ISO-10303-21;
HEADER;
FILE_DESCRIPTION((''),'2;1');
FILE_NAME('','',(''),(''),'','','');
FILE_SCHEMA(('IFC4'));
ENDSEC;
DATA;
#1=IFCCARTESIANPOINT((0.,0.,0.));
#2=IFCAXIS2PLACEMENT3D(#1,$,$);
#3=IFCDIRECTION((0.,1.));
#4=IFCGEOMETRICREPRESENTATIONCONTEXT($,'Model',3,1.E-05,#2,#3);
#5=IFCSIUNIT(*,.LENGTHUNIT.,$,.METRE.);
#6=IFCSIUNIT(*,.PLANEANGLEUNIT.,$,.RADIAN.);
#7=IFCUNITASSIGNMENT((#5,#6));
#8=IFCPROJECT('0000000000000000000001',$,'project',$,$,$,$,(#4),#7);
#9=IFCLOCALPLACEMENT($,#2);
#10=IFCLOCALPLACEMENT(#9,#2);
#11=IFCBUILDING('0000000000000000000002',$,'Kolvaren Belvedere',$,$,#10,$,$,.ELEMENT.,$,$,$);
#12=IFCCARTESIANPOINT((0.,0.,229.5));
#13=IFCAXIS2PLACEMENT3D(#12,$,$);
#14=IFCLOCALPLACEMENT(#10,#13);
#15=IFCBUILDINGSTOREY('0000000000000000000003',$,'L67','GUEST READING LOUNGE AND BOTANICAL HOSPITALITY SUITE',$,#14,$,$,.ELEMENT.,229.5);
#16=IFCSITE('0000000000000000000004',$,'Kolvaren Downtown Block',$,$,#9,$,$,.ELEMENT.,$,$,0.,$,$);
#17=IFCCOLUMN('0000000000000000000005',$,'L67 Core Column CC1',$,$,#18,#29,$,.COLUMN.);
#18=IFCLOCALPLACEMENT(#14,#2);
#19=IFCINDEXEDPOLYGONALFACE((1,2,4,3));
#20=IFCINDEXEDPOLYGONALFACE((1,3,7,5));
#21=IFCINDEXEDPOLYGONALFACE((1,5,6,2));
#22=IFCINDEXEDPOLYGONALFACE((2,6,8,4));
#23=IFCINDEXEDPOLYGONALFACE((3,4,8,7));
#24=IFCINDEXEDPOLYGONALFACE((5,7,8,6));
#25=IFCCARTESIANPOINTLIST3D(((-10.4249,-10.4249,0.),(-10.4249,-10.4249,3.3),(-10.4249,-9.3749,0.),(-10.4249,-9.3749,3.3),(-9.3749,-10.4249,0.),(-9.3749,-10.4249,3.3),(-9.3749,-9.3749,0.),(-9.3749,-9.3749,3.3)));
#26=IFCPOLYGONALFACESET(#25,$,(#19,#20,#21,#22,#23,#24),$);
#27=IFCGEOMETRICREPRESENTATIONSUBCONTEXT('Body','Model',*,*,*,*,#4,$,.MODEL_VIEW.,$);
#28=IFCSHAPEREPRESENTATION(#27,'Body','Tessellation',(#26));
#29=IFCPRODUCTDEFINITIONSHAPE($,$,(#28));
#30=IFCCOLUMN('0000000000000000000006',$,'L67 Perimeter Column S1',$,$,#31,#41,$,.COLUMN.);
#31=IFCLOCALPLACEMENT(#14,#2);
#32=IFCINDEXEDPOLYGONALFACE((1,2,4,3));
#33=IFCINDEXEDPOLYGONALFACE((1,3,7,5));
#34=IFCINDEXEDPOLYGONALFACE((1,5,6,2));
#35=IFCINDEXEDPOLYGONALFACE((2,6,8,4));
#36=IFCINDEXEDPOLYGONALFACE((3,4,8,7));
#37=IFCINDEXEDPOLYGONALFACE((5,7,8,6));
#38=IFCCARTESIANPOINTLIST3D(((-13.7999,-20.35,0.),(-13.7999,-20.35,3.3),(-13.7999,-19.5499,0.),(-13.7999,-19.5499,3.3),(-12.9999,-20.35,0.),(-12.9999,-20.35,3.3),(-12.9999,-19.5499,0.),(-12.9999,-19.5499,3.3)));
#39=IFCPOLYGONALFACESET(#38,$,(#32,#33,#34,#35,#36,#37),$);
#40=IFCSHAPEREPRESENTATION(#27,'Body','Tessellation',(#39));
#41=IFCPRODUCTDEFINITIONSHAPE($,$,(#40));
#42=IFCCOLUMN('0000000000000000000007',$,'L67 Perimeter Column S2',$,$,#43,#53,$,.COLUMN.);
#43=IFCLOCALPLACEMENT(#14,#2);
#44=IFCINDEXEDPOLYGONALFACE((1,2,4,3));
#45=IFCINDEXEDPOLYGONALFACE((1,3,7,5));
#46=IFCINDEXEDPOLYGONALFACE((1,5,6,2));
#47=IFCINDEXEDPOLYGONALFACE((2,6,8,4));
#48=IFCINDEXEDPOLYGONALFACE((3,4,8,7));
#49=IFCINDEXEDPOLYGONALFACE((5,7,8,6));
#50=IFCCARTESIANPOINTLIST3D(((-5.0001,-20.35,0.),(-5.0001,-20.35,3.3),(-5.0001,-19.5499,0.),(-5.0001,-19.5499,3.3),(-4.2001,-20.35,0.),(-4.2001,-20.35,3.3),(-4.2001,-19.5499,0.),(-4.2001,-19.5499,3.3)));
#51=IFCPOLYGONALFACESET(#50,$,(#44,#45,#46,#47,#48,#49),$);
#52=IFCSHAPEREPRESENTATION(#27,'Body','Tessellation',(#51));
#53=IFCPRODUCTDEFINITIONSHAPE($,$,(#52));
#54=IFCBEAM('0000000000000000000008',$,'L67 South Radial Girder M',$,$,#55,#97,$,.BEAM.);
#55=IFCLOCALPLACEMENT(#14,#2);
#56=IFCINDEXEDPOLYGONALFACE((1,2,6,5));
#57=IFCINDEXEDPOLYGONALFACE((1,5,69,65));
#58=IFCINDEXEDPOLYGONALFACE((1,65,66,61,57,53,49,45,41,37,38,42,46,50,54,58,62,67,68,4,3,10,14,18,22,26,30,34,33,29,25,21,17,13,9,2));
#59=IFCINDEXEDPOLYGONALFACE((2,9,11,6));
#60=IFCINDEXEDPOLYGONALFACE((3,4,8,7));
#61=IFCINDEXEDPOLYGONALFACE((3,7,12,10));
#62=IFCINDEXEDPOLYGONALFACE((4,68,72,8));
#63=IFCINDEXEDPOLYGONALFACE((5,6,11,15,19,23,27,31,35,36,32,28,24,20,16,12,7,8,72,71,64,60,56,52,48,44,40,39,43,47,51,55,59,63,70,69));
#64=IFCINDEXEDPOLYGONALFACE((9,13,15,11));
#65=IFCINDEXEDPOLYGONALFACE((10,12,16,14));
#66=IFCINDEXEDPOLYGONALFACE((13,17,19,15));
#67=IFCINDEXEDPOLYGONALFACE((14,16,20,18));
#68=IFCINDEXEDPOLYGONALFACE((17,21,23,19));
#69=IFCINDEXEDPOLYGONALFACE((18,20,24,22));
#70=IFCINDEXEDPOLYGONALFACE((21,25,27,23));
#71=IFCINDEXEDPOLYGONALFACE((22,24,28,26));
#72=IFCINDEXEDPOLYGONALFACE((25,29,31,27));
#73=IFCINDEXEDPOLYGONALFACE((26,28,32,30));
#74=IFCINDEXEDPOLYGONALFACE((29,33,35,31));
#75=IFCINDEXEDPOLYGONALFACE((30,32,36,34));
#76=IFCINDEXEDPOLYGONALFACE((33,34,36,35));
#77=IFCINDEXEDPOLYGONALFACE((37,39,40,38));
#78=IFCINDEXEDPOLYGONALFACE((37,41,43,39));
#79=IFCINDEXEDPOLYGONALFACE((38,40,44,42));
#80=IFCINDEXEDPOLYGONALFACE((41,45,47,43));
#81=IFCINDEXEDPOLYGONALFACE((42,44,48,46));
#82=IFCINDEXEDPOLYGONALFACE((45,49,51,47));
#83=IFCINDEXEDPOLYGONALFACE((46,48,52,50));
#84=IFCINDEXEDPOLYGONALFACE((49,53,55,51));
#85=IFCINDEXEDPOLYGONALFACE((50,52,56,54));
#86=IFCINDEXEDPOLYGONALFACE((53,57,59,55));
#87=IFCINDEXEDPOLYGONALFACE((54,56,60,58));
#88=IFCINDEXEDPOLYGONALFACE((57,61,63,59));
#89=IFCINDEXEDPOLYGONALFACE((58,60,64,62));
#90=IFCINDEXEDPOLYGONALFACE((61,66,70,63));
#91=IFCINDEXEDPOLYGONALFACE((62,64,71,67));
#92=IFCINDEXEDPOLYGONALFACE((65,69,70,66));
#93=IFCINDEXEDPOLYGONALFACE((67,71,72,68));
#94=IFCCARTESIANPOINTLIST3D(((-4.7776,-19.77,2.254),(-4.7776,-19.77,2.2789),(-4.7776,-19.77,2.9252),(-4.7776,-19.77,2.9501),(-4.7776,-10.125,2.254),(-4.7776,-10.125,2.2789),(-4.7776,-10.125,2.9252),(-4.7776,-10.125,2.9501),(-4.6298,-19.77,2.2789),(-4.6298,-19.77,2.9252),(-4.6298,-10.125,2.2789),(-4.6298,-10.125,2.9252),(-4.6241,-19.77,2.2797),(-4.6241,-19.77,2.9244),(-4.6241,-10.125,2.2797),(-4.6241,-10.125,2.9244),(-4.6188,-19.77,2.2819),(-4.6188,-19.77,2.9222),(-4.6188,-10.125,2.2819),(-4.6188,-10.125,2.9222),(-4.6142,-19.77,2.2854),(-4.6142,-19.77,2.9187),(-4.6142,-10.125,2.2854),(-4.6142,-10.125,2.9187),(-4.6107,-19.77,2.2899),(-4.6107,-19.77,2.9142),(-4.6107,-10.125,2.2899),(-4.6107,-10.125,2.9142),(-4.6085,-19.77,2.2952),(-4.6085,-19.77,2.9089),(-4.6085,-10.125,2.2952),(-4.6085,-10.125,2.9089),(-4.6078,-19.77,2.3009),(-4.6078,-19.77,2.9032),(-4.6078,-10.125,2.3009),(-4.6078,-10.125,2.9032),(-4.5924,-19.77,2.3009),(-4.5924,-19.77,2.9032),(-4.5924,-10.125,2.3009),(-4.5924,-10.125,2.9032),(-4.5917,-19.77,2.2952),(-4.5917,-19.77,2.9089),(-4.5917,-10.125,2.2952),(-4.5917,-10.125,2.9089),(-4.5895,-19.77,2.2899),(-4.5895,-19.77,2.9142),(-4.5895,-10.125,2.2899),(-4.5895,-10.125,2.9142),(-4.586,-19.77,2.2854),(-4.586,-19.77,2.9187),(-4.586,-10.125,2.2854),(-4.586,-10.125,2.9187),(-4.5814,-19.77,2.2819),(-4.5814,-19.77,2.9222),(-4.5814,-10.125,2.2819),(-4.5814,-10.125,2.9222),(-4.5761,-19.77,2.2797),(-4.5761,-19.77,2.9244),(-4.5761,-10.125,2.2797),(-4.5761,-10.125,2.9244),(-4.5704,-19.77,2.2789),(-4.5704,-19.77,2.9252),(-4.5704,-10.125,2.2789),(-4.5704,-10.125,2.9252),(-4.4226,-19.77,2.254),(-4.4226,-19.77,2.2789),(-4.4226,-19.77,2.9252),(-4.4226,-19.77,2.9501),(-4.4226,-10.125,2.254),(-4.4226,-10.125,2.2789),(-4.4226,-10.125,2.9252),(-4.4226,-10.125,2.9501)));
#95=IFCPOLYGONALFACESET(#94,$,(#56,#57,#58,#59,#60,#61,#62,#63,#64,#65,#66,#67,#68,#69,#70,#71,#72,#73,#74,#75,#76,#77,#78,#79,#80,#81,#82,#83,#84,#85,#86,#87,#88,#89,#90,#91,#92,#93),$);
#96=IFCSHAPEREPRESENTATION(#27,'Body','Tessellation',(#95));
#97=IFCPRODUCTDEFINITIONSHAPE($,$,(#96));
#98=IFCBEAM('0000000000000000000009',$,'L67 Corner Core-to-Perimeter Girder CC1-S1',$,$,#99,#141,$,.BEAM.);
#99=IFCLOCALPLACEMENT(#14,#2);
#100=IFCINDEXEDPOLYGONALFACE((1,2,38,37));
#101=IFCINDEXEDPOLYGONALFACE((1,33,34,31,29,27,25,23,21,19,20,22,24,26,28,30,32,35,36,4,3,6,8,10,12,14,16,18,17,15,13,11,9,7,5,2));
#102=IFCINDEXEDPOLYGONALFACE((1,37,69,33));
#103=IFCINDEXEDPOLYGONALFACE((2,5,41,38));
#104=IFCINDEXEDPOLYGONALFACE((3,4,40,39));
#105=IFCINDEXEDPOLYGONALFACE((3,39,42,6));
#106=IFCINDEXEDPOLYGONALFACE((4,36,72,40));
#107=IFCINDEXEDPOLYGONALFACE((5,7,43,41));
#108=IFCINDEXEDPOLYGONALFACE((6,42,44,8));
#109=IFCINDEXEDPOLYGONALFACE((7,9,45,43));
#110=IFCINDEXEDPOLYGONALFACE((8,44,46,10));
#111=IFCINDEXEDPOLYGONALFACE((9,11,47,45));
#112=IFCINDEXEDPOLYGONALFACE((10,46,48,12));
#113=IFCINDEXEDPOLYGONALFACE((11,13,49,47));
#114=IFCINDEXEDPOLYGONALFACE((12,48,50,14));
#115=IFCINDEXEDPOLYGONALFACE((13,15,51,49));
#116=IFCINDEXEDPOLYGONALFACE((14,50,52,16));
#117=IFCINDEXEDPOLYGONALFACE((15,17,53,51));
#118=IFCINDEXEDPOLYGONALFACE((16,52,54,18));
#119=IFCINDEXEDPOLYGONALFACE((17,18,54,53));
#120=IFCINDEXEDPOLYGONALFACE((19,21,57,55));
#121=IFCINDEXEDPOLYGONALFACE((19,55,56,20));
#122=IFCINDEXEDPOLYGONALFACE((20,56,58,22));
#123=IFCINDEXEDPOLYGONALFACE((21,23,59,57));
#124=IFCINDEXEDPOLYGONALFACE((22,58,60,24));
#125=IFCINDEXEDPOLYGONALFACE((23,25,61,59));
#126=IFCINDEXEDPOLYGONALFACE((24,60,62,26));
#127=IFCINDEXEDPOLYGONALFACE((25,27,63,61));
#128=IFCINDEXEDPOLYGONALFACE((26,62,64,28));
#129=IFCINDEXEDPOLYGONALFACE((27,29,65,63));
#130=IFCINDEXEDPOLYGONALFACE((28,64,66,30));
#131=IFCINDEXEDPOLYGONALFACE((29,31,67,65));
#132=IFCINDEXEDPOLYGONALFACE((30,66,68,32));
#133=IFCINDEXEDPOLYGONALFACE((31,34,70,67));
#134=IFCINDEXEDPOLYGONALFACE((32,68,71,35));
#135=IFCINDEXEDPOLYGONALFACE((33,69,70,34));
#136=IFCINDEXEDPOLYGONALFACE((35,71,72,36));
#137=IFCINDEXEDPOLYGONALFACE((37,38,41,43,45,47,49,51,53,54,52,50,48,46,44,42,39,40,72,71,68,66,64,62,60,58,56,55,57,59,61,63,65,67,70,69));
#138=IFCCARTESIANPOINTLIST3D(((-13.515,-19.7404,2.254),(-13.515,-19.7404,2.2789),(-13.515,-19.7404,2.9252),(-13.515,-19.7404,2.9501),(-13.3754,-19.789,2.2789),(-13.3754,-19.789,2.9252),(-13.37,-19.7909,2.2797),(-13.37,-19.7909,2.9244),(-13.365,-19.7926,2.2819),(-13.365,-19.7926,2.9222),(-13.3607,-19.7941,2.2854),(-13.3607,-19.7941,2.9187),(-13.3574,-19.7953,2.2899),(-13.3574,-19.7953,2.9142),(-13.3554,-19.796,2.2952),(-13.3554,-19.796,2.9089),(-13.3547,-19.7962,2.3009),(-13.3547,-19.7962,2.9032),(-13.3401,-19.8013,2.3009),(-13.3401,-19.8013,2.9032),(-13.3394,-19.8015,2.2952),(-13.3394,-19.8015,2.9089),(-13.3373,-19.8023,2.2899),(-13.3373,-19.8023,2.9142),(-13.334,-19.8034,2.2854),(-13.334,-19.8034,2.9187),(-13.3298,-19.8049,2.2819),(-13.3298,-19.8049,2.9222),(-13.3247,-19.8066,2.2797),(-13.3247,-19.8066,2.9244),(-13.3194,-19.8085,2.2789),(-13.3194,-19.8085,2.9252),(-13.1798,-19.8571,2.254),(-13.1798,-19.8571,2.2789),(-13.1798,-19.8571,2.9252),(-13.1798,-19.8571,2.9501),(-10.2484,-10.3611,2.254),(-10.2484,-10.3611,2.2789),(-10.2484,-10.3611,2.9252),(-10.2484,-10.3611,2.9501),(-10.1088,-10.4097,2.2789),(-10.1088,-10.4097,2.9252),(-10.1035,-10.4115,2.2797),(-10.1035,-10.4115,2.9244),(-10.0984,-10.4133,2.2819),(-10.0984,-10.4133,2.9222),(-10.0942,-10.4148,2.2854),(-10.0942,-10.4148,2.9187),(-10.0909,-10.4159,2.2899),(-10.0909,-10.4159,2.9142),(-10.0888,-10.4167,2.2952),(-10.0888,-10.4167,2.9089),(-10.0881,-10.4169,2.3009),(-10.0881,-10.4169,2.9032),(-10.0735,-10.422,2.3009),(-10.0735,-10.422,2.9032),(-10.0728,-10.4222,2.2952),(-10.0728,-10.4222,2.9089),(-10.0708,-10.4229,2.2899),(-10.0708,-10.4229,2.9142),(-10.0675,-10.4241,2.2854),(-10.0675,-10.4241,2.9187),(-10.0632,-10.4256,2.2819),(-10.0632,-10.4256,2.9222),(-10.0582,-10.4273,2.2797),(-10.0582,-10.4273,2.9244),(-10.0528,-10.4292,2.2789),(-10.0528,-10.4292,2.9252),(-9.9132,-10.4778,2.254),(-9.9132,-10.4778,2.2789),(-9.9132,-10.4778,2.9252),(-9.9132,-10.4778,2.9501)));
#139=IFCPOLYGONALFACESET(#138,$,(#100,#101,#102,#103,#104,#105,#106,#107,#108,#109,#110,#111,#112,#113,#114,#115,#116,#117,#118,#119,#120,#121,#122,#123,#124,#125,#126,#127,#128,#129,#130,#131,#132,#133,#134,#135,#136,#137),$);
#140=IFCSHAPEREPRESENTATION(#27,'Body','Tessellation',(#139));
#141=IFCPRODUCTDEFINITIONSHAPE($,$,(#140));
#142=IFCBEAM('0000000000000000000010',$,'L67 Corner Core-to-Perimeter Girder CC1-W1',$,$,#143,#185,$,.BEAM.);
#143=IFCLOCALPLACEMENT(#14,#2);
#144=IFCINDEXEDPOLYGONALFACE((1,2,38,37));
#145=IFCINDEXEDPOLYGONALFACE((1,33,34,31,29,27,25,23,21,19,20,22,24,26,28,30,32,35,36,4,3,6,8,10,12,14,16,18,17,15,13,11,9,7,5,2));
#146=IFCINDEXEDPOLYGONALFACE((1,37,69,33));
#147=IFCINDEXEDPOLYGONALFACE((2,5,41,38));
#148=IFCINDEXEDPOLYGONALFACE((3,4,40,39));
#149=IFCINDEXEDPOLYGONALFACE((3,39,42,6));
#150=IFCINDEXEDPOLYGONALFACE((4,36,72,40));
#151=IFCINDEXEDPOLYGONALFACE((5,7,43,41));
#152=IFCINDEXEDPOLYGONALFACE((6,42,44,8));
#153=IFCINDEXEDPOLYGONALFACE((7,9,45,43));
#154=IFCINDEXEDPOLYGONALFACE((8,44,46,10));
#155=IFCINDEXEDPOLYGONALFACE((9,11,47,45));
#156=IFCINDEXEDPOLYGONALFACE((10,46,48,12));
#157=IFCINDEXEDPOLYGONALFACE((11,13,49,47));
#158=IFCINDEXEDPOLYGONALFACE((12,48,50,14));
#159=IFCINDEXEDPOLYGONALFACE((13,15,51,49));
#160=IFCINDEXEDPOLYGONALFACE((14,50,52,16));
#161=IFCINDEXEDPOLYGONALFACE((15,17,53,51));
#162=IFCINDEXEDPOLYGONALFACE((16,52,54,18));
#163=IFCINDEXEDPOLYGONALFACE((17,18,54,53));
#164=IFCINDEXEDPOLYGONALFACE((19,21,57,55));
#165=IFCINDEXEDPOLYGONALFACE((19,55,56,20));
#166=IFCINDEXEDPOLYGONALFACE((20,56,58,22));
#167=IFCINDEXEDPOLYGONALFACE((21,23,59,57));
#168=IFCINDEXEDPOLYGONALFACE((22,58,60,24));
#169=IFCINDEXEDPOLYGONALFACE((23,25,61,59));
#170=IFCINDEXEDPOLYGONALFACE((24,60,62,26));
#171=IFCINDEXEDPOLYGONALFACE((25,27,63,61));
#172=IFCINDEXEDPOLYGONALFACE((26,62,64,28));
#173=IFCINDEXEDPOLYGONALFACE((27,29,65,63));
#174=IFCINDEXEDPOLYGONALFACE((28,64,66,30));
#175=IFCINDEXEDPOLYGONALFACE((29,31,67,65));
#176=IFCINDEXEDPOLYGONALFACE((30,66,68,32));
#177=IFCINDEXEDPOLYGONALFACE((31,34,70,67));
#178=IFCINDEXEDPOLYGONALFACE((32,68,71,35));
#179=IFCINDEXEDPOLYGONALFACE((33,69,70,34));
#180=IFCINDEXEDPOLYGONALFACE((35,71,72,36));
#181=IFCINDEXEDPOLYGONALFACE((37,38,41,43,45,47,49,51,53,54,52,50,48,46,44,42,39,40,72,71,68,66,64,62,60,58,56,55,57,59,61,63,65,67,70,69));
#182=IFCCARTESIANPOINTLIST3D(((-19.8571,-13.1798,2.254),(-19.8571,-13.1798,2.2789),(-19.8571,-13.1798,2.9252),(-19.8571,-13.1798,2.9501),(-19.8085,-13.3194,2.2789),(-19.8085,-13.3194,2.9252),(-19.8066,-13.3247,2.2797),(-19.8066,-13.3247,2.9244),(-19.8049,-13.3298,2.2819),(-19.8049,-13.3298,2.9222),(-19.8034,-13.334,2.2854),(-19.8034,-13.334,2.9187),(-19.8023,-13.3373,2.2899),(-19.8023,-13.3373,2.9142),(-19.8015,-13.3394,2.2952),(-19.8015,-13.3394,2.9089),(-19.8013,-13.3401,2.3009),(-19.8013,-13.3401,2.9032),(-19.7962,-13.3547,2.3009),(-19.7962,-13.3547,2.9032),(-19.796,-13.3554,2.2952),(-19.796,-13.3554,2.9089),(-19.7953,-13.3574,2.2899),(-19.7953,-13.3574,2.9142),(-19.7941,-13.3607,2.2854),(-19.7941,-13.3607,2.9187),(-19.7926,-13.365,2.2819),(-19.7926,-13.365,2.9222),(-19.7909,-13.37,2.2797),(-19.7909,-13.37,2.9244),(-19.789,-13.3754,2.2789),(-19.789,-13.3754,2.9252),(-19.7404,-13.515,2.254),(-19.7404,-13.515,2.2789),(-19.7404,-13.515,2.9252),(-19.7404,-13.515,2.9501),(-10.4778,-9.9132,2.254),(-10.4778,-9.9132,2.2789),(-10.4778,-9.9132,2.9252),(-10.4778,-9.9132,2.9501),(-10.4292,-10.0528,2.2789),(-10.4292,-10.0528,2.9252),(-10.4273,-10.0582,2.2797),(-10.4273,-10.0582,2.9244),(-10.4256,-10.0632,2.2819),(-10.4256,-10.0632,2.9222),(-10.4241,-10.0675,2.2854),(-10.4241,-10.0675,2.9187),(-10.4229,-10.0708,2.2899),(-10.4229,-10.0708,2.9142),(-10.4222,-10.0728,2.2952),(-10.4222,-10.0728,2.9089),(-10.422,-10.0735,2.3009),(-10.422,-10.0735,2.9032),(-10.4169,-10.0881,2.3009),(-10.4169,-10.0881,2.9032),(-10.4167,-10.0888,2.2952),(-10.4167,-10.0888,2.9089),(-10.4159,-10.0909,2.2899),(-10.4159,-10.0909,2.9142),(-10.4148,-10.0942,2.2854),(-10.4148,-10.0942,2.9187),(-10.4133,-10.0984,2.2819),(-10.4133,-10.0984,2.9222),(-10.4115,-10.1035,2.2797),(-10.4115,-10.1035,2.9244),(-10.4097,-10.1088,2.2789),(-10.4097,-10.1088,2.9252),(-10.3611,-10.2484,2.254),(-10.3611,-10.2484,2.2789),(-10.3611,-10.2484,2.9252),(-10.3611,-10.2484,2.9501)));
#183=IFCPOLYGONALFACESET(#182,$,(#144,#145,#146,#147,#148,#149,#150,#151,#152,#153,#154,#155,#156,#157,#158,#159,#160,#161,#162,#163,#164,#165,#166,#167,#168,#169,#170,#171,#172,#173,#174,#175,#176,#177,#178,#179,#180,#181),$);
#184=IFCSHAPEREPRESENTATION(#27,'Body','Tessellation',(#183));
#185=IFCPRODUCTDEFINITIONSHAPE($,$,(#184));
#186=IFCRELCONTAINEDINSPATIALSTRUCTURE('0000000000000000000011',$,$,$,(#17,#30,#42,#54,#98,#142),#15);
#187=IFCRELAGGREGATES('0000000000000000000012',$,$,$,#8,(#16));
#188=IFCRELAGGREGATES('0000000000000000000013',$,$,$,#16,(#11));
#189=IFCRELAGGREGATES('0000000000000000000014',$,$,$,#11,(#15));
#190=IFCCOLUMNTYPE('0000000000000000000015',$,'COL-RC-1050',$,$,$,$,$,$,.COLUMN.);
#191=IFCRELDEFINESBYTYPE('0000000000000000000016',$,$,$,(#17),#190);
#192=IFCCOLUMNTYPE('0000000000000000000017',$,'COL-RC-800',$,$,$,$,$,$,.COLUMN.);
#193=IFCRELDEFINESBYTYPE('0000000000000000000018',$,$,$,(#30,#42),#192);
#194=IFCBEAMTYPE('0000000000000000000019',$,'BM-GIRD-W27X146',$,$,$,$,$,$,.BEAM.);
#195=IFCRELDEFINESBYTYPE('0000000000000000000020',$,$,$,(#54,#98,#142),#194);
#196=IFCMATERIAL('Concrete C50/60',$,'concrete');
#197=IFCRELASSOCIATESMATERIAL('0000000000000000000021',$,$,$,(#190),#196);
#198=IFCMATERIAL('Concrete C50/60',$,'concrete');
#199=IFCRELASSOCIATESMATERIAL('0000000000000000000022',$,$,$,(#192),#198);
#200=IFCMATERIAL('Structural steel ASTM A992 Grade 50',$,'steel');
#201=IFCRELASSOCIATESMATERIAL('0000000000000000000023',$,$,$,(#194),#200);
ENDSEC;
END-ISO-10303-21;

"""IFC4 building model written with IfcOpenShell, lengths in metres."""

from ifc_helpers import new_model, si_unit, direction, frame, origin, origin_2d, place, context, subcontext, project, spatial, rectangle, i_section, extrude, material, material_profile, profile_set, type_object, element, save


model = new_model("IFC4")

# Units and contexts
model_context = context("Model", 3, precision=1e-05, world=origin(), true_north=direction((0.0, 1.0)))
body_context = subcontext(model_context, "Body", "Model", "MODEL_VIEW")
ifc_project = project(units=[si_unit("LENGTHUNIT", "METRE"), si_unit("PLANEANGLEUNIT", "RADIAN")], contexts=[model_context])

# Site, building, storey
site_placement = place(None, origin())
site = spatial("IfcSite", under=ifc_project, at=site_placement, Name="Kolvaren Downtown Block", CompositionType="ELEMENT", RefElevation=0.0)
building_placement = place(site_placement, origin())
building = spatial("IfcBuilding", under=site, at=building_placement, Name="Kolvaren Belvedere", CompositionType="ELEMENT")
storey_placement = place(building_placement, frame((0.0, 0.0, 229.5)))
storey = spatial("IfcBuildingStorey", under=building, at=storey_placement, Name="L67", Description="GUEST READING LOUNGE AND BOTANICAL HOSPITALITY SUITE", CompositionType="ELEMENT", Elevation=229.5)

# Columns
ifc_material_1 = material(Name="Concrete C50/60", Category="concrete")
ifc_material_profile_1 = material_profile(ifc_material_1, rectangle(XDim=1.05, YDim=1.05, at=origin_2d()), Name="RC 1050X1050")
ifc_profile_set_1 = profile_set([ifc_material_profile_1], Name="Concrete C50/60")
column_type_1 = type_object("IfcColumnType", Name="COL-RC-1050", PredefinedType="COLUMN", material=ifc_profile_set_1)
column_placement = place(storey_placement, frame((-9.8999, -9.8999, 0.0), z_axis=(0.0, 0.0, 1.0), x_axis=(1.0, 0.0, 0.0)))
element("IfcColumn", 1, at=column_placement, inside=storey, type_object=column_type_1, Name="L67 Core Column CC1", PredefinedType="COLUMN", context=body_context, shape_type="SweptSolid", body=[
    extrude(rectangle(XDim=1.05, YDim=1.05, at=origin_2d()), origin(), (0.0, 0.0, 1.0), 3.3),
])
ifc_material_2 = material(Name="Concrete C50/60", Category="concrete")
ifc_material_profile_2 = material_profile(ifc_material_2, rectangle(XDim=0.8, YDim=0.8, at=origin_2d()), Name="RC 800X800")
ifc_profile_set_2 = profile_set([ifc_material_profile_2], Name="Concrete C50/60")
column_type_2 = type_object("IfcColumnType", Name="COL-RC-800", PredefinedType="COLUMN", material=ifc_profile_set_2)
for number, where, z_axis, x_axis, name in (
    (2, (-13.3999, -19.95, 0.0), (0.0, 0.0, 1.0), (1.0, 0.0, 0.0), "L67 Perimeter Column S1"),
    (3, (-4.6001, -19.95, 0.0), (0.0, 0.0, 1.0), (1.0, 0.0, 0.0), "L67 Perimeter Column S2"),
):
    element("IfcColumn", number, at=place(storey_placement, frame(where, z_axis=z_axis, x_axis=x_axis)), inside=storey, type_object=column_type_2, Name=name, PredefinedType="COLUMN", context=body_context, shape_type="SweptSolid", body=[
        extrude(rectangle(XDim=0.8, YDim=0.8, at=origin_2d()), origin(), (0.0, 0.0, 1.0), 3.3),
    ])

# Beams
ifc_material_3 = material(Name="Structural steel ASTM A992 Grade 50", Category="steel")
ifc_material_profile_3 = material_profile(ifc_material_3, i_section(OverallWidth=0.355, OverallDepth=0.696, WebThickness=0.0154, FlangeThickness=0.0249, FilletRadius=0.022, at=origin_2d()), Name="W27X146")
ifc_profile_set_3 = profile_set([ifc_material_profile_3], Name="Structural steel ASTM A992 Grade 50")
beam_type_1 = type_object("IfcBeamType", Name="BM-GIRD-W27X146", PredefinedType="BEAM", material=ifc_profile_set_3)
beam_1_placement = place(storey_placement, frame((-4.6001, -10.125, 2.6021), z_axis=(0.0, -1.0, 0.0), x_axis=(1.0, 0.0, 0.0)))
element("IfcBeam", 4, at=beam_1_placement, inside=storey, type_object=beam_type_1, Name="L67 South Radial Girder M", PredefinedType="BEAM", context=body_context, shape_type="SweptSolid", body=[
    extrude(i_section(OverallWidth=0.355, OverallDepth=0.696, WebThickness=0.0154, FlangeThickness=0.0249, FilletRadius=0.022, at=origin_2d()), origin(), (0.0, 0.0, 1.0), 9.645),
])
for number, where, z_axis, x_axis, name in (
    (5, (-10.0808, -10.4194, 2.6021), (-0.328898, -0.944365, 0.0), (0.944365, -0.328898, 0.0), "L67 Corner Core-to-Perimeter Girder CC1-S1"),
    (6, (-10.4194, -10.0808, 2.6021), (-0.944365, -0.328898, 0.0), (0.328898, -0.944365, 0.0), "L67 Corner Core-to-Perimeter Girder CC1-W1"),
):
    element("IfcBeam", number, at=place(storey_placement, frame(where, z_axis=z_axis, x_axis=x_axis)), inside=storey, type_object=beam_type_1, Name=name, PredefinedType="BEAM", context=body_context, shape_type="SweptSolid", body=[
        extrude(i_section(OverallWidth=0.355, OverallDepth=0.696, WebThickness=0.0154, FlangeThickness=0.0249, FilletRadius=0.022, at=origin_2d()), origin(), (0.0, 0.0, 1.0), 9.9319),
    ])

save(model, "model.ifc")
